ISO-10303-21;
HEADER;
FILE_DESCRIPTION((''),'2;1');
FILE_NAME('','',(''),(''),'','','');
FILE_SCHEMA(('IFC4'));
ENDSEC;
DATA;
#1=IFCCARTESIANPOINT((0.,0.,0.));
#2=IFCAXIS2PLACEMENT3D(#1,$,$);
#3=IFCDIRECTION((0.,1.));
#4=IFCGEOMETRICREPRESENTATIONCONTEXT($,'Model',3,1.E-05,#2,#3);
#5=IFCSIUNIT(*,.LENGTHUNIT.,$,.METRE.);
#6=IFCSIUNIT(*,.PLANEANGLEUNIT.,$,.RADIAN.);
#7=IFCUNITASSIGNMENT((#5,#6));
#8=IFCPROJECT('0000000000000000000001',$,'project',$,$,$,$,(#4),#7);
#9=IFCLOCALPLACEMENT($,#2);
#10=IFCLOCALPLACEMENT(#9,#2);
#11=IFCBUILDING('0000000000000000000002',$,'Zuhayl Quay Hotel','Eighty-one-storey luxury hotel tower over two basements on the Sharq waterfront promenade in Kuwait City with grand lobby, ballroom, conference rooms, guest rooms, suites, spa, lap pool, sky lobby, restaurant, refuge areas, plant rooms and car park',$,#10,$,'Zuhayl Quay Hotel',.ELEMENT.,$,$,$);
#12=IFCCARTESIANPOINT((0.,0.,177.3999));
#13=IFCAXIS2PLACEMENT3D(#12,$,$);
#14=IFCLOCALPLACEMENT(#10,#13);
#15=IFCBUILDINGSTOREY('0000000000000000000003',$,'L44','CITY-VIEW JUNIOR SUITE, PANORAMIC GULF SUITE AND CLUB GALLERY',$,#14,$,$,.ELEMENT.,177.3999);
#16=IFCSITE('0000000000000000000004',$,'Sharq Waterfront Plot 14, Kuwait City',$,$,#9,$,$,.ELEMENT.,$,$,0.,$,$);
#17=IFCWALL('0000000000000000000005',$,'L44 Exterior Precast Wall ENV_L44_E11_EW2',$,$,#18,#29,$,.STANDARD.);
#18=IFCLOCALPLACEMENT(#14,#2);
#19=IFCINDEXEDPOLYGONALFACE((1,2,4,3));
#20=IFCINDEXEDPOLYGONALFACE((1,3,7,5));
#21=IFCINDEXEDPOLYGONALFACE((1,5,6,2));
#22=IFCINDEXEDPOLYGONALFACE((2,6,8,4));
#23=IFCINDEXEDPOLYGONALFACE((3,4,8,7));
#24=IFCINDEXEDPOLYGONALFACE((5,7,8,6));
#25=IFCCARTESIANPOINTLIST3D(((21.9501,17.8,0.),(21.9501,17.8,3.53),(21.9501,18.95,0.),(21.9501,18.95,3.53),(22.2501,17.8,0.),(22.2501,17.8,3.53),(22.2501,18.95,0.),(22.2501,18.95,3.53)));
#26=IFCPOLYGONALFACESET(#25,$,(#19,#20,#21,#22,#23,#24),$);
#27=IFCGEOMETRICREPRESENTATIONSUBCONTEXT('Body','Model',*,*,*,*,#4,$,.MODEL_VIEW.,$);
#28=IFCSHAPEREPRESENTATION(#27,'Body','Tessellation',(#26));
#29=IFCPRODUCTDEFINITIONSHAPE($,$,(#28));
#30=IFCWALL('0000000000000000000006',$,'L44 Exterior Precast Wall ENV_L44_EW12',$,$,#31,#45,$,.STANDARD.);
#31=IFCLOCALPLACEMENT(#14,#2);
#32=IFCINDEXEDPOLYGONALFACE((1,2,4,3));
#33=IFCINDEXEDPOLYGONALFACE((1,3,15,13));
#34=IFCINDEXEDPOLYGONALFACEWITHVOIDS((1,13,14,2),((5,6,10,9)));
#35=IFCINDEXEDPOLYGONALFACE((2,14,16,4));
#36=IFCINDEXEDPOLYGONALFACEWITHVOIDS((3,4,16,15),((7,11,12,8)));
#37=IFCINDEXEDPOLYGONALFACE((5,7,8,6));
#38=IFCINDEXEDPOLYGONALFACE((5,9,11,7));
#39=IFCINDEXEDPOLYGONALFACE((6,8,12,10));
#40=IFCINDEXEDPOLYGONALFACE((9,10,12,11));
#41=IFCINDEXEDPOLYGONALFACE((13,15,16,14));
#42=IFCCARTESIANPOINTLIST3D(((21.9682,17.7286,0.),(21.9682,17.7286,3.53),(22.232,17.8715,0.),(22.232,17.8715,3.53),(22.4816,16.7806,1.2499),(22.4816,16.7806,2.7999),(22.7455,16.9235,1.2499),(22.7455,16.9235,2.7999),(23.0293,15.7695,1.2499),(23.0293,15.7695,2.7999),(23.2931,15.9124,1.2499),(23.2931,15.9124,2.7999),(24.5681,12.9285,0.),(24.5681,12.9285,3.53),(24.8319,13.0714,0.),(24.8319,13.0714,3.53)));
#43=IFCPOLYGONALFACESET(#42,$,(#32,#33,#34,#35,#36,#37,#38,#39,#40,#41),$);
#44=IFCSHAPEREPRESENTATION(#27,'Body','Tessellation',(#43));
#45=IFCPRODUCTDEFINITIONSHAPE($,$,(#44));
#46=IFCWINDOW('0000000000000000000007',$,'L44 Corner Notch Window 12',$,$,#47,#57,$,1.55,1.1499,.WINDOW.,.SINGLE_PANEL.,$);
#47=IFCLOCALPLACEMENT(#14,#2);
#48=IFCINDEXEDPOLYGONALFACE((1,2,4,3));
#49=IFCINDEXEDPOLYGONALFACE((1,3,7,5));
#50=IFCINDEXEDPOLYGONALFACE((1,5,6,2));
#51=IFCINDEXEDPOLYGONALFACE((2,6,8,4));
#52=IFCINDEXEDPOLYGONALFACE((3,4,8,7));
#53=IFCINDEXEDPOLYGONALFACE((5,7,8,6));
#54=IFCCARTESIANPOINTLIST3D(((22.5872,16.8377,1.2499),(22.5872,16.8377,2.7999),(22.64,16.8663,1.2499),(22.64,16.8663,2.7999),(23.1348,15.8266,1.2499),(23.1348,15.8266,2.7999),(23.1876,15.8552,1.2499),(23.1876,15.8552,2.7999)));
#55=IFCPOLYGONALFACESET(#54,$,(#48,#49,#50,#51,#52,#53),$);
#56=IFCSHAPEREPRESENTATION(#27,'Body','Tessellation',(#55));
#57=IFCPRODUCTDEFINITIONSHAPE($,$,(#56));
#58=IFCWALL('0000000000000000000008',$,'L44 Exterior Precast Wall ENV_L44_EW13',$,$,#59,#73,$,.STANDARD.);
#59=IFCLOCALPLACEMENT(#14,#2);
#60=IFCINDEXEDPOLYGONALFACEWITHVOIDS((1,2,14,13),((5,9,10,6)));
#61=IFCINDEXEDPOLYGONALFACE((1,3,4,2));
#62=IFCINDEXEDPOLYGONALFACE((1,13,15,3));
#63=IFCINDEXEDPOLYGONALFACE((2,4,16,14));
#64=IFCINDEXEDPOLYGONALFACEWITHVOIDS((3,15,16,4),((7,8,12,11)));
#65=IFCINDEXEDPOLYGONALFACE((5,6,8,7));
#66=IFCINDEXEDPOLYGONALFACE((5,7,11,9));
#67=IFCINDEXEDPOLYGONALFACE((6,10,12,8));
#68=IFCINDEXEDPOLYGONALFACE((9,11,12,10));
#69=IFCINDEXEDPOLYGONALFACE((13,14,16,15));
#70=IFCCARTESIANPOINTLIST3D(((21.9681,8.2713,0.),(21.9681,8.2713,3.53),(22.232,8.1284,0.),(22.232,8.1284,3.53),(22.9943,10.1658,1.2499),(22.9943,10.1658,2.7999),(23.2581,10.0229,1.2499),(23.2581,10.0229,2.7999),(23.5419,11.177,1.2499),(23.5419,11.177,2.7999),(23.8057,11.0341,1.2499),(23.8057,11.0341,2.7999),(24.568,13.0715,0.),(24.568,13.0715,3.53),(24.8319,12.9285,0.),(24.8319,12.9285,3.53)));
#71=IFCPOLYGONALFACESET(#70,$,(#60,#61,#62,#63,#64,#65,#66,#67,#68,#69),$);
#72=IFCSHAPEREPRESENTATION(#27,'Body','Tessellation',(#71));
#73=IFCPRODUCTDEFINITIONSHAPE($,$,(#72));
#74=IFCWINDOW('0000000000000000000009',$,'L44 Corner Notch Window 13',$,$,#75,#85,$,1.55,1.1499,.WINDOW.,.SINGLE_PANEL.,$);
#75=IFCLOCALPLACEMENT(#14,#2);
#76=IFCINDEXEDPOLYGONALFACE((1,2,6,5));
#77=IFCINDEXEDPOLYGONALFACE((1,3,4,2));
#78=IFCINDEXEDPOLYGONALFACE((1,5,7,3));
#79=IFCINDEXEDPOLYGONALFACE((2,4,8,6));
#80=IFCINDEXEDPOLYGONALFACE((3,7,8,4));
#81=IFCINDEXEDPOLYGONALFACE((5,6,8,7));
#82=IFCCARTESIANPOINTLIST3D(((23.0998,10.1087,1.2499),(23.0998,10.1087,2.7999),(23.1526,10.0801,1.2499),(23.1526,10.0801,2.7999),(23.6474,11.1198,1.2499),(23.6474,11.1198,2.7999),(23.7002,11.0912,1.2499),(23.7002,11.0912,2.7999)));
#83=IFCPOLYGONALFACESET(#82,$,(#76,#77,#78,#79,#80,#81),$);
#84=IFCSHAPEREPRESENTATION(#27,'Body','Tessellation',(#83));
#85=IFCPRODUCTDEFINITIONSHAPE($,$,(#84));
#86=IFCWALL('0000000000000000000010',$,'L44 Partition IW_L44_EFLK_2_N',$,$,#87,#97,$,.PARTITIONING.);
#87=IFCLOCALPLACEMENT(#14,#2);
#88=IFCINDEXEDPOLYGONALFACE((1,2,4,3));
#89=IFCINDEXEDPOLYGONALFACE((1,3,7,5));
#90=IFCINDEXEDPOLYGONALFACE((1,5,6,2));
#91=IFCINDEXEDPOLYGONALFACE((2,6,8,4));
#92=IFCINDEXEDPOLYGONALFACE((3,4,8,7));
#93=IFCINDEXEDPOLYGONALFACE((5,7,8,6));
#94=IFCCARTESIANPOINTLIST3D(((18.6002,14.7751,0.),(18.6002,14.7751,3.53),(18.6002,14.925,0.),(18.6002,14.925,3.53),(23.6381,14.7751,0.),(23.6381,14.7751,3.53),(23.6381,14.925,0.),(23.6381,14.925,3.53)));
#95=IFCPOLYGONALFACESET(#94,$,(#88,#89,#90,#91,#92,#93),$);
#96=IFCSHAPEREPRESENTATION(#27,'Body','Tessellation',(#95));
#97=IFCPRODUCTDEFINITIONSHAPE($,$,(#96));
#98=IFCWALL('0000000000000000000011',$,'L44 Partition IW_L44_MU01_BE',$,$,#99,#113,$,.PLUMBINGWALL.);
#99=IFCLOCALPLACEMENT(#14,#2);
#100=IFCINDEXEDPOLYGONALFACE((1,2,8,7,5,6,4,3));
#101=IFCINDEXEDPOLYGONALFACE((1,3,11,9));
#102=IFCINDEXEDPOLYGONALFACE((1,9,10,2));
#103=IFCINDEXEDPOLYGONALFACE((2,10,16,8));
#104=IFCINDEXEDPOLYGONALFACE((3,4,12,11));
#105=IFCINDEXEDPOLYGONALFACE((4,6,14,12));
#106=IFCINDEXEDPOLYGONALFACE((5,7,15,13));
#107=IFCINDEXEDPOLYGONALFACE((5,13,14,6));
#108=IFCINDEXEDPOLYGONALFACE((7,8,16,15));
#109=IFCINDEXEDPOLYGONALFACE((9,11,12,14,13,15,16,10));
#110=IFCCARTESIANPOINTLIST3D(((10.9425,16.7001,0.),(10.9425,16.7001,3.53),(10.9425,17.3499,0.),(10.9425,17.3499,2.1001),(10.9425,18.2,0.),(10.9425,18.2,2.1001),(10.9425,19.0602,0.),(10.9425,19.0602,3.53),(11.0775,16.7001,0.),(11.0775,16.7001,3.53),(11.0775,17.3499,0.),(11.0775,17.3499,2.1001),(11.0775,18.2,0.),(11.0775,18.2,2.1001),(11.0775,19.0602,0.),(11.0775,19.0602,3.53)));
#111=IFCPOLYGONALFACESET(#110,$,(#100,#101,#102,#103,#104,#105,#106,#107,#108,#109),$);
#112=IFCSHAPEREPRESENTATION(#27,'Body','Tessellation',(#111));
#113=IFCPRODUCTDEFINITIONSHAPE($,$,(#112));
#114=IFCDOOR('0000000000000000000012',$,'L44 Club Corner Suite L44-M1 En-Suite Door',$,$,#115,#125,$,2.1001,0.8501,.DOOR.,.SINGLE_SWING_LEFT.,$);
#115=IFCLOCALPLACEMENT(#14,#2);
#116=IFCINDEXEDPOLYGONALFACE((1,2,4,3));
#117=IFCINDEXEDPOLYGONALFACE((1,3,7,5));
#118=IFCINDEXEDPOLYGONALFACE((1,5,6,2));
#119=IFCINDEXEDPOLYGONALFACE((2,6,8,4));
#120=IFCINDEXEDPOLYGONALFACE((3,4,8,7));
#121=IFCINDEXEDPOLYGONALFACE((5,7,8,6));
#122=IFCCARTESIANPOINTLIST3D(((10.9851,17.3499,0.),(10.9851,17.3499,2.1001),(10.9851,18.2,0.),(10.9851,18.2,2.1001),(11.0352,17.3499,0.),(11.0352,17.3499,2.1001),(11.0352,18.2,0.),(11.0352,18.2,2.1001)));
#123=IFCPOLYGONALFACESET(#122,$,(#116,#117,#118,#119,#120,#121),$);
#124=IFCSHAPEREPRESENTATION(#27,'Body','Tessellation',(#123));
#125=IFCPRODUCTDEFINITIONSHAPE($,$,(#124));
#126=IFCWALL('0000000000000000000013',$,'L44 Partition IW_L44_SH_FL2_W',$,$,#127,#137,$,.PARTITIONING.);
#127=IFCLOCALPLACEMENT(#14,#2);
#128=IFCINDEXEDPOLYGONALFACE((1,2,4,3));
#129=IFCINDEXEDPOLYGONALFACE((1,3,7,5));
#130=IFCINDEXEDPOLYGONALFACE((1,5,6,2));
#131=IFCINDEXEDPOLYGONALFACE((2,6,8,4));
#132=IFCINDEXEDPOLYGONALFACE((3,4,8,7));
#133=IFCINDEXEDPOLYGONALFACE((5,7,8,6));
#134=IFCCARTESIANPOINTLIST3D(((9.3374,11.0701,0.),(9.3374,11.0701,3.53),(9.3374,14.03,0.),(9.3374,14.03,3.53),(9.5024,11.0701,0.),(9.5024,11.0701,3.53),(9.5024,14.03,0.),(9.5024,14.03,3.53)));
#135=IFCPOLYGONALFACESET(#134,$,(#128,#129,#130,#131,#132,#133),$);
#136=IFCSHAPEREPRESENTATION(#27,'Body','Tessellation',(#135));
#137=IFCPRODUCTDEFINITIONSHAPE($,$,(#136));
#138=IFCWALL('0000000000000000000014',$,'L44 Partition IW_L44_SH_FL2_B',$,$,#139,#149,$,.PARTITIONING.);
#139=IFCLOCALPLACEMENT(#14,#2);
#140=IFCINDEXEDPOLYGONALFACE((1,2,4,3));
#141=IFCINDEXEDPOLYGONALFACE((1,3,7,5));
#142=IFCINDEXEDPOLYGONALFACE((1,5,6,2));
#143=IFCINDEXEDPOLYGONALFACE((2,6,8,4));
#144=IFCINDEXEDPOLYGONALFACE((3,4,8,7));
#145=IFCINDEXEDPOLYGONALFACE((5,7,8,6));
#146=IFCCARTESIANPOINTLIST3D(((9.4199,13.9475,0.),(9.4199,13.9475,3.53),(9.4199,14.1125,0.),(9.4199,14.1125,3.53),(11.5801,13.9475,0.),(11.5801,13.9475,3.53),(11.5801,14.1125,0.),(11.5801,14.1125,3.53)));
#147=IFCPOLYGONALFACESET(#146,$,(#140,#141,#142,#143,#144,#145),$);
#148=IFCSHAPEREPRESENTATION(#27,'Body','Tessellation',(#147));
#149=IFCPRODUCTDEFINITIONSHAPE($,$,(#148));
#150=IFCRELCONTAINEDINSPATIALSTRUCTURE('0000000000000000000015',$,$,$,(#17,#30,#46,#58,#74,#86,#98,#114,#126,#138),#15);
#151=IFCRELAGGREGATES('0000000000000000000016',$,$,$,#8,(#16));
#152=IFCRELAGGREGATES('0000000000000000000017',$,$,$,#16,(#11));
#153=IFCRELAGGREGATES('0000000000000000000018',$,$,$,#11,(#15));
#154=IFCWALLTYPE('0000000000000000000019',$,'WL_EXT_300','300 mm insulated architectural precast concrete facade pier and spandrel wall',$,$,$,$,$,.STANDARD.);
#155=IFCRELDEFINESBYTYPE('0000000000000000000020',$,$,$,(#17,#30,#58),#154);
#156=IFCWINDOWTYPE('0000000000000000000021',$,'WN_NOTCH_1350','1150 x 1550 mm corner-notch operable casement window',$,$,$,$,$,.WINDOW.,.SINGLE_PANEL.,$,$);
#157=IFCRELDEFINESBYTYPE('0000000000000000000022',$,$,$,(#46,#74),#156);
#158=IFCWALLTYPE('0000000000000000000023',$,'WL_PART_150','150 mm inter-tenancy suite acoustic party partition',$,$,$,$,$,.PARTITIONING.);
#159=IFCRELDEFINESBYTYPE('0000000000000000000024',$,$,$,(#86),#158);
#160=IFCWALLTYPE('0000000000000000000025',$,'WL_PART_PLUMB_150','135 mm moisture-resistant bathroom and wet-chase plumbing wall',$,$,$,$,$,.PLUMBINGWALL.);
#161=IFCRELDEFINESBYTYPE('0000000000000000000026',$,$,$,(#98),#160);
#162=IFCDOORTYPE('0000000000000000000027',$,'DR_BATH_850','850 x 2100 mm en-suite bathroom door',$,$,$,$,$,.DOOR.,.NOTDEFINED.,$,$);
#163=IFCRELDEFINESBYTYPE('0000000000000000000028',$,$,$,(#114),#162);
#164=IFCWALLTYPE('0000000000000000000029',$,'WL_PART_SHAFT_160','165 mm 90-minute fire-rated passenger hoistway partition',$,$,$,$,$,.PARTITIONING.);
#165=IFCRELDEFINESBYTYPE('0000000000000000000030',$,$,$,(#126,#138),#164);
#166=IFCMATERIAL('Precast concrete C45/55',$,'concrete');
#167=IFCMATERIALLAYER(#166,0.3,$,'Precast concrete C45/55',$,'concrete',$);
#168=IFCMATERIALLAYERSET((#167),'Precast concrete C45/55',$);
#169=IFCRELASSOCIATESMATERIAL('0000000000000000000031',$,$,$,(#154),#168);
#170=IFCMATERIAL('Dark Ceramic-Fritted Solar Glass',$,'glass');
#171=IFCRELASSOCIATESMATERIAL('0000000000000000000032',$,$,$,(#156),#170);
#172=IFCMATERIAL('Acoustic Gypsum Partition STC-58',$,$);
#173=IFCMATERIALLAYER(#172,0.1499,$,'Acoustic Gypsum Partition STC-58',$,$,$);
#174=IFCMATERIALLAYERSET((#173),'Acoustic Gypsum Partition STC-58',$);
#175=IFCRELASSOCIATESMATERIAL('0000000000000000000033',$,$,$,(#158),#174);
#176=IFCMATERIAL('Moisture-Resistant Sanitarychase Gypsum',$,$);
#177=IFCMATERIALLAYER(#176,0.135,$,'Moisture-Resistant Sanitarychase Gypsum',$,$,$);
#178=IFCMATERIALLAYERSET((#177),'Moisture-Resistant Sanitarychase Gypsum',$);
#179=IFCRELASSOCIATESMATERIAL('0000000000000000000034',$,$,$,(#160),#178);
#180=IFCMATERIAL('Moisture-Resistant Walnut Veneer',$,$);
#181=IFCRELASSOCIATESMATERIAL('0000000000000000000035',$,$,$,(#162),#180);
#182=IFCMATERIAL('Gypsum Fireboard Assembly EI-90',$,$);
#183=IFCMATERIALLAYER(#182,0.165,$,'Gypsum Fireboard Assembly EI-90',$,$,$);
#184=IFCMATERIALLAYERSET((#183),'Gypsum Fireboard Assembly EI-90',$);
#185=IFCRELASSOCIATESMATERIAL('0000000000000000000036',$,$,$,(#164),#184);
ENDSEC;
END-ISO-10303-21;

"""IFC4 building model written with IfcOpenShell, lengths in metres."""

from ifc_helpers import new_model, si_unit, direction, frame, frame_2d, origin, place, context, subcontext, project, spatial, rectangle, extrude, material, layer, layer_set, type_object, element, fill, save


model = new_model("IFC4")

# Units and contexts
model_context = context("Model", 3, precision=1e-05, world=origin(), true_north=direction((0.0, 1.0)))
body_context = subcontext(model_context, "Body", "Model", "MODEL_VIEW")
ifc_project = project(units=[si_unit("LENGTHUNIT", "METRE"), si_unit("PLANEANGLEUNIT", "RADIAN")], contexts=[model_context])

# Site, building, storey
site_placement = place(None, origin())
site = spatial("IfcSite", under=ifc_project, at=site_placement, Name="Sharq Waterfront Plot 14, Kuwait City", CompositionType="ELEMENT", RefElevation=0.0)
building_placement = place(site_placement, origin())
building = spatial("IfcBuilding", under=site, at=building_placement, Name="Zuhayl Quay Hotel", Description="Eighty-one-storey luxury hotel tower over two basements on the Sharq waterfront promenade in Kuwait City with grand lobby, ballroom, conference rooms, guest rooms, suites, spa, lap pool, sky lobby, restaurant, refuge areas, plant rooms and car park", LongName="Zuhayl Quay Hotel", CompositionType="ELEMENT")
storey_placement = place(building_placement, frame((0.0, 0.0, 177.3999)))
storey = spatial("IfcBuildingStorey", under=building, at=storey_placement, Name="L44", Description="CITY-VIEW JUNIOR SUITE, PANORAMIC GULF SUITE AND CLUB GALLERY", CompositionType="ELEMENT", Elevation=177.3999)

# Shared definitions
ifc_material_1 = material(Name="Dark Ceramic-Fritted Solar Glass", Category="glass")

# Wall
ifc_material_2 = material(Name="Precast concrete C45/55", Category="concrete")
ifc_layer_1 = layer(ifc_material_2, 0.3, Name="Precast concrete C45/55", Category="concrete")
ifc_layer_set_1 = layer_set([ifc_layer_1], Name="Precast concrete C45/55")
wall_type_1 = type_object("IfcWallType", Name="WL_EXT_300", Description="300 mm insulated architectural precast concrete facade pier and spandrel wall", PredefinedType="STANDARD", material=ifc_layer_set_1)
wall_1_placement = place(storey_placement, frame((22.1001, 18.95, 0.0), z_axis=(0.0, 0.0, 1.0), x_axis=(0.0, -1.0, 0.0)))
element("IfcWall", 1, at=wall_1_placement, inside=storey, type_object=wall_type_1, Name="L44 Exterior Precast Wall ENV_L44_E11_EW2", PredefinedType="STANDARD", context=body_context, shape_type="SweptSolid", body=[
    extrude(rectangle(XDim=1.1499, YDim=0.3, at=frame_2d((0.575, 0.0))), origin(), (0.0, 0.0, 1.0), 3.53),
])

# Walls, openings, windows
wall_2_placement = place(storey_placement, frame((22.1001, 17.8, 0.0), z_axis=(0.0, 0.0, 1.0), x_axis=(0.476259, -0.879305, 0.0)))
wall_2 = element("IfcWall", 2, at=wall_2_placement, inside=storey, type_object=wall_type_1, Name="L44 Exterior Precast Wall ENV_L44_EW12", PredefinedType="STANDARD", context=body_context, shape_type="SweptSolid", body=[
    extrude(rectangle(XDim=5.459, YDim=0.3, at=frame_2d((2.7295, 0.0))), origin(), (0.0, 0.0, 1.0), 3.53),
])
opening_1_placement = place(wall_2_placement, frame((1.0781, 0.0, 1.25)))
opening_1 = element("IfcOpeningElement", 3, at=opening_1_placement, cuts=wall_2, PredefinedType="OPENING", context=body_context, shape_type="SweptSolid", body=[
    extrude(rectangle(XDim=1.1499, YDim=1.55, at=frame_2d((0.575, 0.7749))), frame((0.0, 0.1599, 0.0), z_axis=(0.0, -1.0, 0.0), x_axis=(1.0, 0.0, 0.0)), (0.0, 0.0, 1.0), 0.3201),
])
window_type = type_object("IfcWindowType", Name="WN_NOTCH_1350", Description="1150 x 1550 mm corner-notch operable casement window", PartitioningType="SINGLE_PANEL", PredefinedType="WINDOW", material=ifc_material_1)
window_1_placement = place(opening_1_placement, origin())
window_1 = element("IfcWindow", 4, at=window_1_placement, inside=storey, type_object=window_type, Name="L44 Corner Notch Window 12", OverallHeight=1.55, OverallWidth=1.1499, PartitioningType="SINGLE_PANEL", PredefinedType="WINDOW", context=body_context, shape_type="SweptSolid", body=[
    extrude(rectangle(XDim=1.1499, YDim=1.55, at=frame_2d((0.575, 0.7749))), frame((0.0, 0.03, 0.0), z_axis=(0.0, -1.0, 0.0), x_axis=(1.0, 0.0, 0.0)), (0.0, 0.0, 1.0), 0.0601),
])
fill(opening_1, window_1)
wall_3_placement = place(storey_placement, frame((24.7, 13.0, 0.0), z_axis=(0.0, 0.0, 1.0), x_axis=(-0.476259, -0.879305, 0.0)))
wall_3 = element("IfcWall", 5, at=wall_3_placement, inside=storey, type_object=wall_type_1, Name="L44 Exterior Precast Wall ENV_L44_EW13", PredefinedType="STANDARD", context=body_context, shape_type="SweptSolid", body=[
    extrude(rectangle(XDim=5.459, YDim=0.3, at=frame_2d((2.7295, 0.0))), origin(), (0.0, 0.0, 1.0), 3.53),
])
opening_2_placement = place(wall_3_placement, frame((2.1545, 0.0, 1.25)))
opening_2 = element("IfcOpeningElement", 6, at=opening_2_placement, cuts=wall_3, PredefinedType="OPENING", context=body_context, shape_type="SweptSolid", body=[
    extrude(rectangle(XDim=1.1499, YDim=1.55, at=frame_2d((0.575, 0.7749))), frame((0.0, 0.1599, 0.0), z_axis=(0.0, -1.0, 0.0), x_axis=(1.0, 0.0, 0.0)), (0.0, 0.0, 1.0), 0.3201),
])
window_2_placement = place(opening_2_placement, origin())
window_2 = element("IfcWindow", 7, at=window_2_placement, inside=storey, type_object=window_type, Name="L44 Corner Notch Window 13", OverallHeight=1.55, OverallWidth=1.1499, PartitioningType="SINGLE_PANEL", PredefinedType="WINDOW", context=body_context, shape_type="SweptSolid", body=[
    extrude(rectangle(XDim=1.1499, YDim=1.55, at=frame_2d((0.575, 0.7749))), frame((0.0, 0.03, 0.0), z_axis=(0.0, -1.0, 0.0), x_axis=(1.0, 0.0, 0.0)), (0.0, 0.0, 1.0), 0.0601),
])
fill(opening_2, window_2)

# Wall
ifc_material_3 = material(Name="Acoustic Gypsum Partition STC-58")
ifc_layer_2 = layer(ifc_material_3, 0.1499, Name="Acoustic Gypsum Partition STC-58")
ifc_layer_set_2 = layer_set([ifc_layer_2], Name="Acoustic Gypsum Partition STC-58")
wall_type_2 = type_object("IfcWallType", Name="WL_PART_150", Description="150 mm inter-tenancy suite acoustic party partition", PredefinedType="PARTITIONING", material=ifc_layer_set_2)
wall_4_placement = place(storey_placement, frame((18.6001, 14.8501, 0.0), z_axis=(0.0, 0.0, 1.0), x_axis=(1.0, 0.0, 0.0)))
element("IfcWall", 8, at=wall_4_placement, inside=storey, type_object=wall_type_2, Name="L44 Partition IW_L44_EFLK_2_N", PredefinedType="PARTITIONING", context=body_context, shape_type="SweptSolid", body=[
    extrude(rectangle(XDim=5.0378, YDim=0.1499, at=frame_2d((2.519, 0.0))), origin(), (0.0, 0.0, 1.0), 3.53),
])

# Wall, opening, door
ifc_material_4 = material(Name="Moisture-Resistant Sanitarychase Gypsum")
ifc_layer_3 = layer(ifc_material_4, 0.135, Name="Moisture-Resistant Sanitarychase Gypsum")
ifc_layer_set_3 = layer_set([ifc_layer_3], Name="Moisture-Resistant Sanitarychase Gypsum")
wall_type_3 = type_object("IfcWallType", Name="WL_PART_PLUMB_150", Description="135 mm moisture-resistant bathroom and wet-chase plumbing wall", PredefinedType="PLUMBINGWALL", material=ifc_layer_set_3)
wall_5_placement = place(storey_placement, frame((11.01, 16.7, 0.0), z_axis=(0.0, 0.0, 1.0), x_axis=(0.0, 1.0, 0.0)))
wall_5 = element("IfcWall", 9, at=wall_5_placement, inside=storey, type_object=wall_type_3, Name="L44 Partition IW_L44_MU01_BE", PredefinedType="PLUMBINGWALL", context=body_context, shape_type="SweptSolid", body=[
    extrude(rectangle(XDim=2.3601, YDim=0.135, at=frame_2d((1.1802, 0.0))), origin(), (0.0, 0.0, 1.0), 3.53),
])
opening_3_placement = place(wall_5_placement, frame((0.6499, 0.0, 0.0)))
opening_3 = element("IfcOpeningElement", 10, at=opening_3_placement, cuts=wall_5, PredefinedType="OPENING", context=body_context, shape_type="SweptSolid", body=[
    extrude(rectangle(XDim=0.8501, YDim=2.1001, at=frame_2d((0.425, 1.05))), frame((0.0, 0.0774, 0.0), z_axis=(0.0, -1.0, 0.0), x_axis=(1.0, 0.0, 0.0)), (0.0, 0.0, 1.0), 0.155),
])
ifc_material_5 = material(Name="Moisture-Resistant Walnut Veneer")
door_type_1 = type_object("IfcDoorType", Name="DR_BATH_850", Description="850 x 2100 mm en-suite bathroom door", OperationType="NOTDEFINED", PredefinedType="DOOR", material=ifc_material_5)
door_1_placement = place(opening_3_placement, origin())
door_1 = element("IfcDoor", 11, at=door_1_placement, inside=storey, type_object=door_type_1, Name="L44 Club Corner Suite L44-M1 En-Suite Door", OperationType="SINGLE_SWING_LEFT", OverallHeight=2.1001, OverallWidth=0.8501, PredefinedType="DOOR", context=body_context, shape_type="SweptSolid", body=[
    extrude(rectangle(XDim=0.8501, YDim=2.1001, at=frame_2d((0.425, 1.05))), frame((0.0, 0.0249, 0.0), z_axis=(0.0, -1.0, 0.0), x_axis=(1.0, 0.0, 0.0)), (0.0, 0.0, 1.0), 0.05),
])
fill(opening_3, door_1)

# Walls
ifc_material_6 = material(Name="Gypsum Fireboard Assembly EI-90")
ifc_layer_4 = layer(ifc_material_6, 0.165, Name="Gypsum Fireboard Assembly EI-90")
ifc_layer_set_4 = layer_set([ifc_layer_4], Name="Gypsum Fireboard Assembly EI-90")
wall_type_4 = type_object("IfcWallType", Name="WL_PART_SHAFT_160", Description="165 mm 90-minute fire-rated passenger hoistway partition", PredefinedType="PARTITIONING", material=ifc_layer_set_4)
wall_6_placement = place(storey_placement, frame((9.4199, 11.0701, 0.0), z_axis=(0.0, 0.0, 1.0), x_axis=(0.0, 1.0, 0.0)))
element("IfcWall", 12, at=wall_6_placement, inside=storey, type_object=wall_type_4, Name="L44 Partition IW_L44_SH_FL2_W", PredefinedType="PARTITIONING", context=body_context, shape_type="SweptSolid", body=[
    extrude(rectangle(XDim=2.96, YDim=0.165, at=frame_2d((1.48, 0.0))), origin(), (0.0, 0.0, 1.0), 3.53),
])
wall_7_placement = place(storey_placement, frame((9.4199, 14.03, 0.0), z_axis=(0.0, 0.0, 1.0), x_axis=(1.0, 0.0, 0.0)))
element("IfcWall", 13, at=wall_7_placement, inside=storey, type_object=wall_type_4, Name="L44 Partition IW_L44_SH_FL2_B", PredefinedType="PARTITIONING", context=body_context, shape_type="SweptSolid", body=[
    extrude(rectangle(XDim=2.1602, YDim=0.165, at=frame_2d((1.0801, 0.0))), origin(), (0.0, 0.0, 1.0), 3.53),
])

save(model, "model.ifc")
